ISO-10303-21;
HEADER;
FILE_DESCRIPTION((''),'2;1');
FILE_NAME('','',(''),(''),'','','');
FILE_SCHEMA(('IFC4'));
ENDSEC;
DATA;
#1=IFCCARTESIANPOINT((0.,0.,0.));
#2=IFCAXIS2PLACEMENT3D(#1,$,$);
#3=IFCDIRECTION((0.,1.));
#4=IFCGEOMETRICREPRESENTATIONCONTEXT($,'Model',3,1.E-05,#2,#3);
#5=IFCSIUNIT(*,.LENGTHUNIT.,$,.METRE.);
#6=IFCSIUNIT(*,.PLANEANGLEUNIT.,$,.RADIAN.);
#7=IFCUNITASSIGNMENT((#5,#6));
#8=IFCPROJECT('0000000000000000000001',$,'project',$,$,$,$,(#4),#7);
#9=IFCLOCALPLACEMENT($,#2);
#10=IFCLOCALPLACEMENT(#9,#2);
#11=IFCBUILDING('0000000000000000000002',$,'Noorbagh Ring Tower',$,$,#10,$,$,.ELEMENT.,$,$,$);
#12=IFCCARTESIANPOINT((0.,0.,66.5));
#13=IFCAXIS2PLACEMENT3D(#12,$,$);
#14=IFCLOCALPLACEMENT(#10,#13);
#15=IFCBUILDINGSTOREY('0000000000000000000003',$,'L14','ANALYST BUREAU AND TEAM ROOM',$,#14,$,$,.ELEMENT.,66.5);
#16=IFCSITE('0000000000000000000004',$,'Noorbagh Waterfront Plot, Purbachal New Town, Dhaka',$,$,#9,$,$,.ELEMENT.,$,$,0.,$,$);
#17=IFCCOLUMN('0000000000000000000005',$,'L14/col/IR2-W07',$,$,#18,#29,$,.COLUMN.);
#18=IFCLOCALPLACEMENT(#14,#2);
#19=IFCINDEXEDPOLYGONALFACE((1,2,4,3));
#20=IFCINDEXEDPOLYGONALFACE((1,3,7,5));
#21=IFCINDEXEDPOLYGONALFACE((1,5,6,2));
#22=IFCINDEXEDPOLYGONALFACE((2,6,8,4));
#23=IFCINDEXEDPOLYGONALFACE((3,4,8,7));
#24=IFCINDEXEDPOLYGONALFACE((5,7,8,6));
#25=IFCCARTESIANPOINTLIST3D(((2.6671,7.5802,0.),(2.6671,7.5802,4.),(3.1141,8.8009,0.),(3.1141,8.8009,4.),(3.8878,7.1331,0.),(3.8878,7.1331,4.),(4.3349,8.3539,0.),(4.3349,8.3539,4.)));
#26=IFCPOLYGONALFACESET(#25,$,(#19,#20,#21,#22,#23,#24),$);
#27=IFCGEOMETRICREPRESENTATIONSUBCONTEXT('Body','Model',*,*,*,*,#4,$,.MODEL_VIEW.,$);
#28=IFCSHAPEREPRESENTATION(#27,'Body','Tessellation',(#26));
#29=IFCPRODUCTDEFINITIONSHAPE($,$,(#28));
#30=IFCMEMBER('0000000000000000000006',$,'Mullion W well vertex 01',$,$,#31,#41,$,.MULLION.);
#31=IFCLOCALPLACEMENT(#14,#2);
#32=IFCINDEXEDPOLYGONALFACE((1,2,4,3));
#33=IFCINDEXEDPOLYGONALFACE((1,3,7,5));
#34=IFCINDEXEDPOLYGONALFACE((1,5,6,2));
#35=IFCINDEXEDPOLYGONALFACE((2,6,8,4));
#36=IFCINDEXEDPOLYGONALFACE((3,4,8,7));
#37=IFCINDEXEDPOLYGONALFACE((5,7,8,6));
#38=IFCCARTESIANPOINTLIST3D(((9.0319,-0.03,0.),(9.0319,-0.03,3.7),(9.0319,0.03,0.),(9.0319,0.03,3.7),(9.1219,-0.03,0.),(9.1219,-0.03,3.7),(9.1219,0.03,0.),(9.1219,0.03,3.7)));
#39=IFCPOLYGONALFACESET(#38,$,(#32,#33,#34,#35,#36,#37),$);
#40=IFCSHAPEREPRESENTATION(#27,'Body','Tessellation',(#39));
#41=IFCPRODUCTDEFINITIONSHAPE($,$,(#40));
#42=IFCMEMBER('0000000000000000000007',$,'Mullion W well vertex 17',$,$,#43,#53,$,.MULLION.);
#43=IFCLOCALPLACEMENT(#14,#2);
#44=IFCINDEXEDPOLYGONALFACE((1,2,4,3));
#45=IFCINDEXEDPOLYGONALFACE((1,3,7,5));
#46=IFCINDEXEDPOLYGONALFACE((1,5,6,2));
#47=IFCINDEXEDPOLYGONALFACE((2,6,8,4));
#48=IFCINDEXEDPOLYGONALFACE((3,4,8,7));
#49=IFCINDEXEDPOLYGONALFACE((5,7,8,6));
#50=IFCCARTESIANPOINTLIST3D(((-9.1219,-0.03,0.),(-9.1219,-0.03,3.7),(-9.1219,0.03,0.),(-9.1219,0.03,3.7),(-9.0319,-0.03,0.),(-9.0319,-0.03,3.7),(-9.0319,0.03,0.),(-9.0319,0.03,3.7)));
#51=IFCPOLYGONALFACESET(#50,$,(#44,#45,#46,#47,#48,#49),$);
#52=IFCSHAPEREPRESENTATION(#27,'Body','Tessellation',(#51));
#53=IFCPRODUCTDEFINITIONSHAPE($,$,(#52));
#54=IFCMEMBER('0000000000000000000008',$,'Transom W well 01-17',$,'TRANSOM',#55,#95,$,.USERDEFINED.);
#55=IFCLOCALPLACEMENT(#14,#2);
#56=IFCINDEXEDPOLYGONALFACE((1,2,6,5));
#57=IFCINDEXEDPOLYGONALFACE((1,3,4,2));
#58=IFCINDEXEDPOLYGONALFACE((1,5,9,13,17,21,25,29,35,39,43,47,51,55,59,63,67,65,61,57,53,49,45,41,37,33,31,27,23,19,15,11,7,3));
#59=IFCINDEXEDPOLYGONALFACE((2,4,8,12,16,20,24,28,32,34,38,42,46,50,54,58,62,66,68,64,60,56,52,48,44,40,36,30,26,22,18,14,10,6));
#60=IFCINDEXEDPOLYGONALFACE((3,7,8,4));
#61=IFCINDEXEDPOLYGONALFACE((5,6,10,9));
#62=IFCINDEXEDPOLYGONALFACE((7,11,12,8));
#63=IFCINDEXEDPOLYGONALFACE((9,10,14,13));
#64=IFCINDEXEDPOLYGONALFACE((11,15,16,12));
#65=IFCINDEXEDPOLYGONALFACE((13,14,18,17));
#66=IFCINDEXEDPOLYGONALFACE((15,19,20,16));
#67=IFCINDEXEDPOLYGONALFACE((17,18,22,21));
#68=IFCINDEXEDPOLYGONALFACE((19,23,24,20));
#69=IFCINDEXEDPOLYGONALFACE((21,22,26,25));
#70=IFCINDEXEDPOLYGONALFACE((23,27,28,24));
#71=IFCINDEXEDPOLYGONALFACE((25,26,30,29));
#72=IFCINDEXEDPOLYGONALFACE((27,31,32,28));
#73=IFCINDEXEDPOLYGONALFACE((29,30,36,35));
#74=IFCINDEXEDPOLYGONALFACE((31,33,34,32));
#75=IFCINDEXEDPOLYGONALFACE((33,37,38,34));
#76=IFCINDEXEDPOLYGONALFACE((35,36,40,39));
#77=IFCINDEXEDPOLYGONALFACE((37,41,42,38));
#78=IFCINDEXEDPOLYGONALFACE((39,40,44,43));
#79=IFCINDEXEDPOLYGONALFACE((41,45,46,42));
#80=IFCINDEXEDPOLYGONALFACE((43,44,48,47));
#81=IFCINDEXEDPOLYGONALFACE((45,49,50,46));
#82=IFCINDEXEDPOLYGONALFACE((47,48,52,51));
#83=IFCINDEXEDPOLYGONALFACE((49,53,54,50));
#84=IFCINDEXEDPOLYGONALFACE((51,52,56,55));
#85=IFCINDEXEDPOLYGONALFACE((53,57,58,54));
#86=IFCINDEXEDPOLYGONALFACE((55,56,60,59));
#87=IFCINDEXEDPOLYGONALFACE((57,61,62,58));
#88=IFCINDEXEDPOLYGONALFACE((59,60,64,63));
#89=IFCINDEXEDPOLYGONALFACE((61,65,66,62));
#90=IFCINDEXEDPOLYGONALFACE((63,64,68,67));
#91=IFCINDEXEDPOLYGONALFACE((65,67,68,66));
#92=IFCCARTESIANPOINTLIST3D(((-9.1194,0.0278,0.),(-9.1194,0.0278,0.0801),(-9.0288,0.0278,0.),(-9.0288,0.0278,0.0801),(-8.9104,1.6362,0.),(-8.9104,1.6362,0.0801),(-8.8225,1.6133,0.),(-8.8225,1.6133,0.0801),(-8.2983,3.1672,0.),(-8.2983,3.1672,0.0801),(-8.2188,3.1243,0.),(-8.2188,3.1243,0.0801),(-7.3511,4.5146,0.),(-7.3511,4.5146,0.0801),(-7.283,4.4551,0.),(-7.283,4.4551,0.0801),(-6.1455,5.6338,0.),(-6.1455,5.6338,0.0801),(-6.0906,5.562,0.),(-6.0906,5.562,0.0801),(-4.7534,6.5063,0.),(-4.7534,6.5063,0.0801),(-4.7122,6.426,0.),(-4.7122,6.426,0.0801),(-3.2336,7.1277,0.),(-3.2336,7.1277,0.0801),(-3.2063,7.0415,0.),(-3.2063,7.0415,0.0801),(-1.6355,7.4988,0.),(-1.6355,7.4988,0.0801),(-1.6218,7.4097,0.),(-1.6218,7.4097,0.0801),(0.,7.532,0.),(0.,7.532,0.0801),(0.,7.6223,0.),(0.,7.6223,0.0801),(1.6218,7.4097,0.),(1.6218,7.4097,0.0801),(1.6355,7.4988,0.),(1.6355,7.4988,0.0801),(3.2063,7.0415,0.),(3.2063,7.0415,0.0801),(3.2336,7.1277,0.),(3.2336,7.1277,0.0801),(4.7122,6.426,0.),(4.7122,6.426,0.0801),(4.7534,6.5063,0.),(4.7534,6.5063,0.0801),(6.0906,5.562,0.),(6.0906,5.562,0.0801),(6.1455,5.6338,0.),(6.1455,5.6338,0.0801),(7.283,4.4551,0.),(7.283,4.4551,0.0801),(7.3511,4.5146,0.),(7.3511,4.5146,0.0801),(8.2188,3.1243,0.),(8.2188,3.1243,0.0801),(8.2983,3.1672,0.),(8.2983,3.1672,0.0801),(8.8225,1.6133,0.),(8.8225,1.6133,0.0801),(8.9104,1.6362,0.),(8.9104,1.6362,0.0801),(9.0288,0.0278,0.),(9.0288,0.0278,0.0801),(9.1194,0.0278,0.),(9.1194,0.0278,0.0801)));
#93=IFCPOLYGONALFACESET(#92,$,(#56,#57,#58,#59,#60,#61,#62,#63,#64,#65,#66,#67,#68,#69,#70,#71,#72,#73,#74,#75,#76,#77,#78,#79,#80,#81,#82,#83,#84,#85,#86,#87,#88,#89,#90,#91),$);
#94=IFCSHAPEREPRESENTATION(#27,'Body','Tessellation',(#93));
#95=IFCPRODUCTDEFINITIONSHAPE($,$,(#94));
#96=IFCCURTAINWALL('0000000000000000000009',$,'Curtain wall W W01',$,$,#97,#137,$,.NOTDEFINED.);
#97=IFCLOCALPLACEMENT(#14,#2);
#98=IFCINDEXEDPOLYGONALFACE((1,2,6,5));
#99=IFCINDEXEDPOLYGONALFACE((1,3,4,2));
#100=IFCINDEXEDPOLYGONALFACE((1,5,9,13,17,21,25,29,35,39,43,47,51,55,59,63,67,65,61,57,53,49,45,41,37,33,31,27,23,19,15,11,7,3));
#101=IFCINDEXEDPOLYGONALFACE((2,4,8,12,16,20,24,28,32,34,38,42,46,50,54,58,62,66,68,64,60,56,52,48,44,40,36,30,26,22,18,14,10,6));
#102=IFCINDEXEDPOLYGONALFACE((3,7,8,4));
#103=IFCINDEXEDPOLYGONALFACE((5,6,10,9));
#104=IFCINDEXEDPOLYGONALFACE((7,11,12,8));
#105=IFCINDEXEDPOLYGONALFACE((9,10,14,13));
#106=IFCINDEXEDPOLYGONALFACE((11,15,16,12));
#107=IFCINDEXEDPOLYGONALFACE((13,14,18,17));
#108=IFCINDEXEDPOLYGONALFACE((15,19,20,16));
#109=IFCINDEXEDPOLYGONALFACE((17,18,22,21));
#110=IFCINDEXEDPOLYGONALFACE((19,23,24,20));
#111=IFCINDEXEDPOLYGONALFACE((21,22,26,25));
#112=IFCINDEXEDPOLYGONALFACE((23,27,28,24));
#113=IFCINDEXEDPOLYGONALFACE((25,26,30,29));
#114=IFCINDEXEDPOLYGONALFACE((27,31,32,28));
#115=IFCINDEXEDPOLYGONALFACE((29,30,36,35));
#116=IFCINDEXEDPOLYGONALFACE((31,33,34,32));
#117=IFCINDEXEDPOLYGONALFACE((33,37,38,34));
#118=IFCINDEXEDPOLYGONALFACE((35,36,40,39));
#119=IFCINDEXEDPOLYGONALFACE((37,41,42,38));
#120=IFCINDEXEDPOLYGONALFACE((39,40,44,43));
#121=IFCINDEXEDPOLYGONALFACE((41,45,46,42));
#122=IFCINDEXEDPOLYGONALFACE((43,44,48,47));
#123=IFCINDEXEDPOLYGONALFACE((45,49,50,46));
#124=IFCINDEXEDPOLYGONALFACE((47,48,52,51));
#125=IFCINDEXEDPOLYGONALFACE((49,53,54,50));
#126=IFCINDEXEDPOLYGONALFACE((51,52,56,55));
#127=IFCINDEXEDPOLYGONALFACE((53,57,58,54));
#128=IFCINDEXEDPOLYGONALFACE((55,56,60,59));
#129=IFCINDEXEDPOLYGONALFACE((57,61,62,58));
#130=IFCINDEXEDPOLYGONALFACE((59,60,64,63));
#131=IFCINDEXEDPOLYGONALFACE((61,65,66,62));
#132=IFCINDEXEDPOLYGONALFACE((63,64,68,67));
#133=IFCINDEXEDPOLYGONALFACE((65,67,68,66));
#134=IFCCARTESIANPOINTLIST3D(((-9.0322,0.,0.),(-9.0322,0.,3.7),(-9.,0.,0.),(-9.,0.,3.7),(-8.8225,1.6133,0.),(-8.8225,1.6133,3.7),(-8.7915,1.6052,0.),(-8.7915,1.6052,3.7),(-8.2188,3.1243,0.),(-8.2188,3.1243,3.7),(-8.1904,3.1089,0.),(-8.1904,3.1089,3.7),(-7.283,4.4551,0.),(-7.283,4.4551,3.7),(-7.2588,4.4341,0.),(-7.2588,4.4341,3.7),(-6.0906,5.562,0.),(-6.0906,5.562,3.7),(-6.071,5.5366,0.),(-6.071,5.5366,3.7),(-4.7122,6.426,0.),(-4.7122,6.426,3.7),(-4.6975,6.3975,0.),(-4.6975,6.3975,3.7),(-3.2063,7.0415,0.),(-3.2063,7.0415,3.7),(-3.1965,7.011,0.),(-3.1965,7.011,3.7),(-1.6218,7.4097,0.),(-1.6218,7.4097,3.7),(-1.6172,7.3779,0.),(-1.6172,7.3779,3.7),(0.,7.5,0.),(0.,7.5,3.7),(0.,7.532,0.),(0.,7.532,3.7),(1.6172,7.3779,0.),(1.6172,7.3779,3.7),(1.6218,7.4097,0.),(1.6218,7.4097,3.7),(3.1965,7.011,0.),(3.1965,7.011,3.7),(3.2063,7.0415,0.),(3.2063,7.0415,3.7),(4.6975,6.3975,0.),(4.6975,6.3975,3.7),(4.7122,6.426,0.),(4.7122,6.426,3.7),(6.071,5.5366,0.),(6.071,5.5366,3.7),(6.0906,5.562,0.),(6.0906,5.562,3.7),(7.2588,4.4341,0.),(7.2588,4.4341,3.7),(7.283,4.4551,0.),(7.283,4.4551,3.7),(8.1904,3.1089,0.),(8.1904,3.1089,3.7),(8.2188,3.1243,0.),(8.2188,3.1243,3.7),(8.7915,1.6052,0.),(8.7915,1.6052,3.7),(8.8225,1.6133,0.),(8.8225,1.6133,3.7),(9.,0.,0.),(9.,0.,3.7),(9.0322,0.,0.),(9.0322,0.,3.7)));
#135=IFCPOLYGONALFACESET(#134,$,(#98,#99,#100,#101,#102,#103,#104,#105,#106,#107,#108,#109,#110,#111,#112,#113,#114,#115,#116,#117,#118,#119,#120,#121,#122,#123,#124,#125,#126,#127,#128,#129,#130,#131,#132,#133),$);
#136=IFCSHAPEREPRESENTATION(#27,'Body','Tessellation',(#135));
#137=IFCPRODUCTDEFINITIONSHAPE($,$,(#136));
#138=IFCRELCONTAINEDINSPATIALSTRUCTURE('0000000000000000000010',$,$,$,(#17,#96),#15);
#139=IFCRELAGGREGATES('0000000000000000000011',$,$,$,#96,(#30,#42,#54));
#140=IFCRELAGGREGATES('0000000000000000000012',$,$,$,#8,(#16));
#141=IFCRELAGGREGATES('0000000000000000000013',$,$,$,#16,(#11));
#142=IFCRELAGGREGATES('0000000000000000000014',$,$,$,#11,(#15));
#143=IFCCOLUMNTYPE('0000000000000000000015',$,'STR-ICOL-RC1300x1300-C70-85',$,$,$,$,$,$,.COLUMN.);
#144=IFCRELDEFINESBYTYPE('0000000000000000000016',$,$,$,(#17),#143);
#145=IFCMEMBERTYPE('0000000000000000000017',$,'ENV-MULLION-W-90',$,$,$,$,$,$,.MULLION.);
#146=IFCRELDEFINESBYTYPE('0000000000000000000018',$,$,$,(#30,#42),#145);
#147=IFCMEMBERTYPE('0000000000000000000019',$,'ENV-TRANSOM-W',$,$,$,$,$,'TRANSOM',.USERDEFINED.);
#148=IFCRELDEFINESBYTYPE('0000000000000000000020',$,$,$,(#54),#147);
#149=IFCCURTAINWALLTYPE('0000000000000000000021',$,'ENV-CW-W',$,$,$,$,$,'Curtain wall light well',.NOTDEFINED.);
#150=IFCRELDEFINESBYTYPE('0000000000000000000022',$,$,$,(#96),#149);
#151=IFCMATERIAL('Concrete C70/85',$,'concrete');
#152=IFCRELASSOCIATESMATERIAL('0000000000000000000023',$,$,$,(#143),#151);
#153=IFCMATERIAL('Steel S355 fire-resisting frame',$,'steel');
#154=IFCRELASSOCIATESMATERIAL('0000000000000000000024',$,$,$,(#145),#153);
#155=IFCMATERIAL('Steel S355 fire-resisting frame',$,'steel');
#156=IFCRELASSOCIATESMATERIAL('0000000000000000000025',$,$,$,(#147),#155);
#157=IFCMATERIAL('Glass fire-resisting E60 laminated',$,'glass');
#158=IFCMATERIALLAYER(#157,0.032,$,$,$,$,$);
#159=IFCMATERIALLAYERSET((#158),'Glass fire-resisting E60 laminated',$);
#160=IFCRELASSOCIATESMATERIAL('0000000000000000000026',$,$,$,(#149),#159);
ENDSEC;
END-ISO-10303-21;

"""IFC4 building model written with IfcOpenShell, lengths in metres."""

from ifc_helpers import new_model, si_unit, direction, frame, origin, origin_2d, place, context, subcontext, project, spatial, polyline, rectangle, outline, extrude, material, layer, layer_set, material_profile, profile_set, type_object, element, aggregate, save


model = new_model("IFC4")

# Units and contexts
model_context = context("Model", 3, precision=1e-05, world=origin(), true_north=direction((0.0, 1.0)))
body_context = subcontext(model_context, "Body", "Model", "MODEL_VIEW")
ifc_project = project(units=[si_unit("LENGTHUNIT", "METRE"), si_unit("PLANEANGLEUNIT", "RADIAN")], contexts=[model_context])

# Site, building, storey
site_placement = place(None, origin())
site = spatial("IfcSite", under=ifc_project, at=site_placement, Name="Noorbagh Waterfront Plot, Purbachal New Town, Dhaka", CompositionType="ELEMENT", RefElevation=0.0)
building_placement = place(site_placement, origin())
building = spatial("IfcBuilding", under=site, at=building_placement, Name="Noorbagh Ring Tower", CompositionType="ELEMENT")
storey_placement = place(building_placement, frame((0.0, 0.0, 66.5)))
storey = spatial("IfcBuildingStorey", under=building, at=storey_placement, Name="L14", Description="ANALYST BUREAU AND TEAM ROOM", CompositionType="ELEMENT", Elevation=66.5)

# Column
ifc_material_1 = material(Name="Concrete C70/85", Category="concrete")
ifc_material_profile_1 = material_profile(ifc_material_1, rectangle(XDim=1.3, YDim=1.3, at=origin_2d()), Name="RC1300x1300")
ifc_profile_set_1 = profile_set([ifc_material_profile_1], Name="Concrete C70/85")
column_type = type_object("IfcColumnType", Name="STR-ICOL-RC1300x1300-C70-85", PredefinedType="COLUMN", material=ifc_profile_set_1)
column_placement = place(storey_placement, frame((3.501, 7.967, 0.0), z_axis=(0.0, 0.0, 1.0), x_axis=(-0.93902, 0.343864, 0.0)))
element("IfcColumn", 1, at=column_placement, inside=storey, type_object=column_type, Name="L14/col/IR2-W07", PredefinedType="COLUMN", context=body_context, shape_type="SweptSolid", body=[
    extrude(rectangle(XDim=1.3, YDim=1.3, at=origin_2d()), origin(), (0.0, 0.0, 1.0), 4.0),
])

# Members
ifc_material_2 = material(Name="Steel S355 fire-resisting frame", Category="steel")
ifc_material_profile_2 = material_profile(ifc_material_2, rectangle(XDim=0.0901, YDim=0.0601, at=origin_2d()), Name="90x60")
ifc_profile_set_2 = profile_set([ifc_material_profile_2], Name="Steel S355 fire-resisting frame")
member_type_1 = type_object("IfcMemberType", Name="ENV-MULLION-W-90", PredefinedType="MULLION", material=ifc_profile_set_2)
member_1_placement = place(storey_placement, frame((9.0769, 0.0, 0.0), z_axis=(0.0, 0.0, 1.0), x_axis=(1.0, 0.0, 0.0)))
member_1 = element("IfcMember", 2, at=member_1_placement, type_object=member_type_1, Name="Mullion W well vertex 01", PredefinedType="MULLION", context=body_context, shape_type="SweptSolid", body=[
    extrude(rectangle(XDim=0.0901, YDim=0.0601, at=origin_2d()), origin(), (0.0, 0.0, 1.0), 3.7),
])
member_2_placement = place(storey_placement, frame((-9.0769, 0.0, 0.0), z_axis=(0.0, 0.0, 1.0), x_axis=(-1.0, 0.0, 0.0)))
member_2 = element("IfcMember", 3, at=member_2_placement, type_object=member_type_1, Name="Mullion W well vertex 17", PredefinedType="MULLION", context=body_context, shape_type="SweptSolid", body=[
    extrude(rectangle(XDim=0.0901, YDim=0.0601, at=origin_2d()), origin(), (0.0, 0.0, 1.0), 3.7),
])
ifc_material_3 = material(Name="Steel S355 fire-resisting frame", Category="steel")
member_type_2 = type_object("IfcMemberType", Name="ENV-TRANSOM-W", ElementType="TRANSOM", PredefinedType="USERDEFINED", material=ifc_material_3)
member_3_placement = place(storey_placement, origin())
member_3 = element("IfcMember", 4, at=member_3_placement, type_object=member_type_2, Name="Transom W well 01-17", ObjectType="TRANSOM", PredefinedType="USERDEFINED", context=body_context, shape_type="SweptSolid", body=[
    extrude(outline(polyline([(9.1194, 0.0278), (8.9104, 1.6362), (8.2983, 3.1672), (7.3511, 4.5146), (6.1455, 5.6338), (4.7534, 6.5063), (3.2336, 7.1277), (1.6355, 7.4988), (0.0, 7.6223), (-1.6355, 7.4988), (-3.2336, 7.1277), (-4.7534, 6.5063), (-6.1455, 5.6338), (-7.3511, 4.5146), (-8.2983, 3.1672), (-8.9104, 1.6362), (-9.1194, 0.0278), (-9.0288, 0.0278), (-8.8225, 1.6133), (-8.2188, 3.1243), (-7.283, 4.4551), (-6.0906, 5.562), (-4.7122, 6.426), (-3.2063, 7.0415), (-1.6218, 7.4097), (0.0, 7.532), (1.6218, 7.4097), (3.2063, 7.0415), (4.7122, 6.426), (6.0906, 5.562), (7.283, 4.4551), (8.2188, 3.1243), (8.8225, 1.6133), (9.0288, 0.0278), (9.1194, 0.0278)])), origin(), (0.0, 0.0, 1.0), 0.0801),
])

# Curtain wall
ifc_material_4 = material(Name="Glass fire-resisting E60 laminated", Category="glass")
ifc_layer_1 = layer(ifc_material_4, 0.032)
ifc_layer_set_1 = layer_set([ifc_layer_1], Name="Glass fire-resisting E60 laminated")
curtain_wall_type_1 = type_object("IfcCurtainWallType", Name="ENV-CW-W", ElementType="Curtain wall light well", PredefinedType="NOTDEFINED", material=ifc_layer_set_1)
curtain_wall_1_placement = place(storey_placement, origin())
curtain_wall_1 = element("IfcCurtainWall", 5, at=curtain_wall_1_placement, inside=storey, type_object=curtain_wall_type_1, Name="Curtain wall W W01", PredefinedType="NOTDEFINED", context=body_context, shape_type="SweptSolid", body=[
    extrude(outline(polyline([(9.0322, 0.0), (8.8225, 1.6133), (8.2188, 3.1243), (7.283, 4.4551), (6.0906, 5.562), (4.7122, 6.426), (3.2063, 7.0415), (1.6218, 7.4097), (0.0, 7.532), (-1.6218, 7.4097), (-3.2063, 7.0415), (-4.7122, 6.426), (-6.0906, 5.562), (-7.283, 4.4551), (-8.2188, 3.1243), (-8.8225, 1.6133), (-9.0322, 0.0), (-9.0, 0.0), (-8.7915, 1.6052), (-8.1904, 3.1089), (-7.2588, 4.4341), (-6.071, 5.5366), (-4.6975, 6.3975), (-3.1965, 7.011), (-1.6172, 7.3779), (0.0, 7.5), (1.6172, 7.3779), (3.1965, 7.011), (4.6975, 6.3975), (6.071, 5.5366), (7.2588, 4.4341), (8.1904, 3.1089), (8.7915, 1.6052), (9.0, 0.0), (9.0322, 0.0)])), origin(), (0.0, 0.0, 1.0), 3.7),
])
aggregate(curtain_wall_1, [member_1, member_2, member_3])

save(model, "model.ifc")
